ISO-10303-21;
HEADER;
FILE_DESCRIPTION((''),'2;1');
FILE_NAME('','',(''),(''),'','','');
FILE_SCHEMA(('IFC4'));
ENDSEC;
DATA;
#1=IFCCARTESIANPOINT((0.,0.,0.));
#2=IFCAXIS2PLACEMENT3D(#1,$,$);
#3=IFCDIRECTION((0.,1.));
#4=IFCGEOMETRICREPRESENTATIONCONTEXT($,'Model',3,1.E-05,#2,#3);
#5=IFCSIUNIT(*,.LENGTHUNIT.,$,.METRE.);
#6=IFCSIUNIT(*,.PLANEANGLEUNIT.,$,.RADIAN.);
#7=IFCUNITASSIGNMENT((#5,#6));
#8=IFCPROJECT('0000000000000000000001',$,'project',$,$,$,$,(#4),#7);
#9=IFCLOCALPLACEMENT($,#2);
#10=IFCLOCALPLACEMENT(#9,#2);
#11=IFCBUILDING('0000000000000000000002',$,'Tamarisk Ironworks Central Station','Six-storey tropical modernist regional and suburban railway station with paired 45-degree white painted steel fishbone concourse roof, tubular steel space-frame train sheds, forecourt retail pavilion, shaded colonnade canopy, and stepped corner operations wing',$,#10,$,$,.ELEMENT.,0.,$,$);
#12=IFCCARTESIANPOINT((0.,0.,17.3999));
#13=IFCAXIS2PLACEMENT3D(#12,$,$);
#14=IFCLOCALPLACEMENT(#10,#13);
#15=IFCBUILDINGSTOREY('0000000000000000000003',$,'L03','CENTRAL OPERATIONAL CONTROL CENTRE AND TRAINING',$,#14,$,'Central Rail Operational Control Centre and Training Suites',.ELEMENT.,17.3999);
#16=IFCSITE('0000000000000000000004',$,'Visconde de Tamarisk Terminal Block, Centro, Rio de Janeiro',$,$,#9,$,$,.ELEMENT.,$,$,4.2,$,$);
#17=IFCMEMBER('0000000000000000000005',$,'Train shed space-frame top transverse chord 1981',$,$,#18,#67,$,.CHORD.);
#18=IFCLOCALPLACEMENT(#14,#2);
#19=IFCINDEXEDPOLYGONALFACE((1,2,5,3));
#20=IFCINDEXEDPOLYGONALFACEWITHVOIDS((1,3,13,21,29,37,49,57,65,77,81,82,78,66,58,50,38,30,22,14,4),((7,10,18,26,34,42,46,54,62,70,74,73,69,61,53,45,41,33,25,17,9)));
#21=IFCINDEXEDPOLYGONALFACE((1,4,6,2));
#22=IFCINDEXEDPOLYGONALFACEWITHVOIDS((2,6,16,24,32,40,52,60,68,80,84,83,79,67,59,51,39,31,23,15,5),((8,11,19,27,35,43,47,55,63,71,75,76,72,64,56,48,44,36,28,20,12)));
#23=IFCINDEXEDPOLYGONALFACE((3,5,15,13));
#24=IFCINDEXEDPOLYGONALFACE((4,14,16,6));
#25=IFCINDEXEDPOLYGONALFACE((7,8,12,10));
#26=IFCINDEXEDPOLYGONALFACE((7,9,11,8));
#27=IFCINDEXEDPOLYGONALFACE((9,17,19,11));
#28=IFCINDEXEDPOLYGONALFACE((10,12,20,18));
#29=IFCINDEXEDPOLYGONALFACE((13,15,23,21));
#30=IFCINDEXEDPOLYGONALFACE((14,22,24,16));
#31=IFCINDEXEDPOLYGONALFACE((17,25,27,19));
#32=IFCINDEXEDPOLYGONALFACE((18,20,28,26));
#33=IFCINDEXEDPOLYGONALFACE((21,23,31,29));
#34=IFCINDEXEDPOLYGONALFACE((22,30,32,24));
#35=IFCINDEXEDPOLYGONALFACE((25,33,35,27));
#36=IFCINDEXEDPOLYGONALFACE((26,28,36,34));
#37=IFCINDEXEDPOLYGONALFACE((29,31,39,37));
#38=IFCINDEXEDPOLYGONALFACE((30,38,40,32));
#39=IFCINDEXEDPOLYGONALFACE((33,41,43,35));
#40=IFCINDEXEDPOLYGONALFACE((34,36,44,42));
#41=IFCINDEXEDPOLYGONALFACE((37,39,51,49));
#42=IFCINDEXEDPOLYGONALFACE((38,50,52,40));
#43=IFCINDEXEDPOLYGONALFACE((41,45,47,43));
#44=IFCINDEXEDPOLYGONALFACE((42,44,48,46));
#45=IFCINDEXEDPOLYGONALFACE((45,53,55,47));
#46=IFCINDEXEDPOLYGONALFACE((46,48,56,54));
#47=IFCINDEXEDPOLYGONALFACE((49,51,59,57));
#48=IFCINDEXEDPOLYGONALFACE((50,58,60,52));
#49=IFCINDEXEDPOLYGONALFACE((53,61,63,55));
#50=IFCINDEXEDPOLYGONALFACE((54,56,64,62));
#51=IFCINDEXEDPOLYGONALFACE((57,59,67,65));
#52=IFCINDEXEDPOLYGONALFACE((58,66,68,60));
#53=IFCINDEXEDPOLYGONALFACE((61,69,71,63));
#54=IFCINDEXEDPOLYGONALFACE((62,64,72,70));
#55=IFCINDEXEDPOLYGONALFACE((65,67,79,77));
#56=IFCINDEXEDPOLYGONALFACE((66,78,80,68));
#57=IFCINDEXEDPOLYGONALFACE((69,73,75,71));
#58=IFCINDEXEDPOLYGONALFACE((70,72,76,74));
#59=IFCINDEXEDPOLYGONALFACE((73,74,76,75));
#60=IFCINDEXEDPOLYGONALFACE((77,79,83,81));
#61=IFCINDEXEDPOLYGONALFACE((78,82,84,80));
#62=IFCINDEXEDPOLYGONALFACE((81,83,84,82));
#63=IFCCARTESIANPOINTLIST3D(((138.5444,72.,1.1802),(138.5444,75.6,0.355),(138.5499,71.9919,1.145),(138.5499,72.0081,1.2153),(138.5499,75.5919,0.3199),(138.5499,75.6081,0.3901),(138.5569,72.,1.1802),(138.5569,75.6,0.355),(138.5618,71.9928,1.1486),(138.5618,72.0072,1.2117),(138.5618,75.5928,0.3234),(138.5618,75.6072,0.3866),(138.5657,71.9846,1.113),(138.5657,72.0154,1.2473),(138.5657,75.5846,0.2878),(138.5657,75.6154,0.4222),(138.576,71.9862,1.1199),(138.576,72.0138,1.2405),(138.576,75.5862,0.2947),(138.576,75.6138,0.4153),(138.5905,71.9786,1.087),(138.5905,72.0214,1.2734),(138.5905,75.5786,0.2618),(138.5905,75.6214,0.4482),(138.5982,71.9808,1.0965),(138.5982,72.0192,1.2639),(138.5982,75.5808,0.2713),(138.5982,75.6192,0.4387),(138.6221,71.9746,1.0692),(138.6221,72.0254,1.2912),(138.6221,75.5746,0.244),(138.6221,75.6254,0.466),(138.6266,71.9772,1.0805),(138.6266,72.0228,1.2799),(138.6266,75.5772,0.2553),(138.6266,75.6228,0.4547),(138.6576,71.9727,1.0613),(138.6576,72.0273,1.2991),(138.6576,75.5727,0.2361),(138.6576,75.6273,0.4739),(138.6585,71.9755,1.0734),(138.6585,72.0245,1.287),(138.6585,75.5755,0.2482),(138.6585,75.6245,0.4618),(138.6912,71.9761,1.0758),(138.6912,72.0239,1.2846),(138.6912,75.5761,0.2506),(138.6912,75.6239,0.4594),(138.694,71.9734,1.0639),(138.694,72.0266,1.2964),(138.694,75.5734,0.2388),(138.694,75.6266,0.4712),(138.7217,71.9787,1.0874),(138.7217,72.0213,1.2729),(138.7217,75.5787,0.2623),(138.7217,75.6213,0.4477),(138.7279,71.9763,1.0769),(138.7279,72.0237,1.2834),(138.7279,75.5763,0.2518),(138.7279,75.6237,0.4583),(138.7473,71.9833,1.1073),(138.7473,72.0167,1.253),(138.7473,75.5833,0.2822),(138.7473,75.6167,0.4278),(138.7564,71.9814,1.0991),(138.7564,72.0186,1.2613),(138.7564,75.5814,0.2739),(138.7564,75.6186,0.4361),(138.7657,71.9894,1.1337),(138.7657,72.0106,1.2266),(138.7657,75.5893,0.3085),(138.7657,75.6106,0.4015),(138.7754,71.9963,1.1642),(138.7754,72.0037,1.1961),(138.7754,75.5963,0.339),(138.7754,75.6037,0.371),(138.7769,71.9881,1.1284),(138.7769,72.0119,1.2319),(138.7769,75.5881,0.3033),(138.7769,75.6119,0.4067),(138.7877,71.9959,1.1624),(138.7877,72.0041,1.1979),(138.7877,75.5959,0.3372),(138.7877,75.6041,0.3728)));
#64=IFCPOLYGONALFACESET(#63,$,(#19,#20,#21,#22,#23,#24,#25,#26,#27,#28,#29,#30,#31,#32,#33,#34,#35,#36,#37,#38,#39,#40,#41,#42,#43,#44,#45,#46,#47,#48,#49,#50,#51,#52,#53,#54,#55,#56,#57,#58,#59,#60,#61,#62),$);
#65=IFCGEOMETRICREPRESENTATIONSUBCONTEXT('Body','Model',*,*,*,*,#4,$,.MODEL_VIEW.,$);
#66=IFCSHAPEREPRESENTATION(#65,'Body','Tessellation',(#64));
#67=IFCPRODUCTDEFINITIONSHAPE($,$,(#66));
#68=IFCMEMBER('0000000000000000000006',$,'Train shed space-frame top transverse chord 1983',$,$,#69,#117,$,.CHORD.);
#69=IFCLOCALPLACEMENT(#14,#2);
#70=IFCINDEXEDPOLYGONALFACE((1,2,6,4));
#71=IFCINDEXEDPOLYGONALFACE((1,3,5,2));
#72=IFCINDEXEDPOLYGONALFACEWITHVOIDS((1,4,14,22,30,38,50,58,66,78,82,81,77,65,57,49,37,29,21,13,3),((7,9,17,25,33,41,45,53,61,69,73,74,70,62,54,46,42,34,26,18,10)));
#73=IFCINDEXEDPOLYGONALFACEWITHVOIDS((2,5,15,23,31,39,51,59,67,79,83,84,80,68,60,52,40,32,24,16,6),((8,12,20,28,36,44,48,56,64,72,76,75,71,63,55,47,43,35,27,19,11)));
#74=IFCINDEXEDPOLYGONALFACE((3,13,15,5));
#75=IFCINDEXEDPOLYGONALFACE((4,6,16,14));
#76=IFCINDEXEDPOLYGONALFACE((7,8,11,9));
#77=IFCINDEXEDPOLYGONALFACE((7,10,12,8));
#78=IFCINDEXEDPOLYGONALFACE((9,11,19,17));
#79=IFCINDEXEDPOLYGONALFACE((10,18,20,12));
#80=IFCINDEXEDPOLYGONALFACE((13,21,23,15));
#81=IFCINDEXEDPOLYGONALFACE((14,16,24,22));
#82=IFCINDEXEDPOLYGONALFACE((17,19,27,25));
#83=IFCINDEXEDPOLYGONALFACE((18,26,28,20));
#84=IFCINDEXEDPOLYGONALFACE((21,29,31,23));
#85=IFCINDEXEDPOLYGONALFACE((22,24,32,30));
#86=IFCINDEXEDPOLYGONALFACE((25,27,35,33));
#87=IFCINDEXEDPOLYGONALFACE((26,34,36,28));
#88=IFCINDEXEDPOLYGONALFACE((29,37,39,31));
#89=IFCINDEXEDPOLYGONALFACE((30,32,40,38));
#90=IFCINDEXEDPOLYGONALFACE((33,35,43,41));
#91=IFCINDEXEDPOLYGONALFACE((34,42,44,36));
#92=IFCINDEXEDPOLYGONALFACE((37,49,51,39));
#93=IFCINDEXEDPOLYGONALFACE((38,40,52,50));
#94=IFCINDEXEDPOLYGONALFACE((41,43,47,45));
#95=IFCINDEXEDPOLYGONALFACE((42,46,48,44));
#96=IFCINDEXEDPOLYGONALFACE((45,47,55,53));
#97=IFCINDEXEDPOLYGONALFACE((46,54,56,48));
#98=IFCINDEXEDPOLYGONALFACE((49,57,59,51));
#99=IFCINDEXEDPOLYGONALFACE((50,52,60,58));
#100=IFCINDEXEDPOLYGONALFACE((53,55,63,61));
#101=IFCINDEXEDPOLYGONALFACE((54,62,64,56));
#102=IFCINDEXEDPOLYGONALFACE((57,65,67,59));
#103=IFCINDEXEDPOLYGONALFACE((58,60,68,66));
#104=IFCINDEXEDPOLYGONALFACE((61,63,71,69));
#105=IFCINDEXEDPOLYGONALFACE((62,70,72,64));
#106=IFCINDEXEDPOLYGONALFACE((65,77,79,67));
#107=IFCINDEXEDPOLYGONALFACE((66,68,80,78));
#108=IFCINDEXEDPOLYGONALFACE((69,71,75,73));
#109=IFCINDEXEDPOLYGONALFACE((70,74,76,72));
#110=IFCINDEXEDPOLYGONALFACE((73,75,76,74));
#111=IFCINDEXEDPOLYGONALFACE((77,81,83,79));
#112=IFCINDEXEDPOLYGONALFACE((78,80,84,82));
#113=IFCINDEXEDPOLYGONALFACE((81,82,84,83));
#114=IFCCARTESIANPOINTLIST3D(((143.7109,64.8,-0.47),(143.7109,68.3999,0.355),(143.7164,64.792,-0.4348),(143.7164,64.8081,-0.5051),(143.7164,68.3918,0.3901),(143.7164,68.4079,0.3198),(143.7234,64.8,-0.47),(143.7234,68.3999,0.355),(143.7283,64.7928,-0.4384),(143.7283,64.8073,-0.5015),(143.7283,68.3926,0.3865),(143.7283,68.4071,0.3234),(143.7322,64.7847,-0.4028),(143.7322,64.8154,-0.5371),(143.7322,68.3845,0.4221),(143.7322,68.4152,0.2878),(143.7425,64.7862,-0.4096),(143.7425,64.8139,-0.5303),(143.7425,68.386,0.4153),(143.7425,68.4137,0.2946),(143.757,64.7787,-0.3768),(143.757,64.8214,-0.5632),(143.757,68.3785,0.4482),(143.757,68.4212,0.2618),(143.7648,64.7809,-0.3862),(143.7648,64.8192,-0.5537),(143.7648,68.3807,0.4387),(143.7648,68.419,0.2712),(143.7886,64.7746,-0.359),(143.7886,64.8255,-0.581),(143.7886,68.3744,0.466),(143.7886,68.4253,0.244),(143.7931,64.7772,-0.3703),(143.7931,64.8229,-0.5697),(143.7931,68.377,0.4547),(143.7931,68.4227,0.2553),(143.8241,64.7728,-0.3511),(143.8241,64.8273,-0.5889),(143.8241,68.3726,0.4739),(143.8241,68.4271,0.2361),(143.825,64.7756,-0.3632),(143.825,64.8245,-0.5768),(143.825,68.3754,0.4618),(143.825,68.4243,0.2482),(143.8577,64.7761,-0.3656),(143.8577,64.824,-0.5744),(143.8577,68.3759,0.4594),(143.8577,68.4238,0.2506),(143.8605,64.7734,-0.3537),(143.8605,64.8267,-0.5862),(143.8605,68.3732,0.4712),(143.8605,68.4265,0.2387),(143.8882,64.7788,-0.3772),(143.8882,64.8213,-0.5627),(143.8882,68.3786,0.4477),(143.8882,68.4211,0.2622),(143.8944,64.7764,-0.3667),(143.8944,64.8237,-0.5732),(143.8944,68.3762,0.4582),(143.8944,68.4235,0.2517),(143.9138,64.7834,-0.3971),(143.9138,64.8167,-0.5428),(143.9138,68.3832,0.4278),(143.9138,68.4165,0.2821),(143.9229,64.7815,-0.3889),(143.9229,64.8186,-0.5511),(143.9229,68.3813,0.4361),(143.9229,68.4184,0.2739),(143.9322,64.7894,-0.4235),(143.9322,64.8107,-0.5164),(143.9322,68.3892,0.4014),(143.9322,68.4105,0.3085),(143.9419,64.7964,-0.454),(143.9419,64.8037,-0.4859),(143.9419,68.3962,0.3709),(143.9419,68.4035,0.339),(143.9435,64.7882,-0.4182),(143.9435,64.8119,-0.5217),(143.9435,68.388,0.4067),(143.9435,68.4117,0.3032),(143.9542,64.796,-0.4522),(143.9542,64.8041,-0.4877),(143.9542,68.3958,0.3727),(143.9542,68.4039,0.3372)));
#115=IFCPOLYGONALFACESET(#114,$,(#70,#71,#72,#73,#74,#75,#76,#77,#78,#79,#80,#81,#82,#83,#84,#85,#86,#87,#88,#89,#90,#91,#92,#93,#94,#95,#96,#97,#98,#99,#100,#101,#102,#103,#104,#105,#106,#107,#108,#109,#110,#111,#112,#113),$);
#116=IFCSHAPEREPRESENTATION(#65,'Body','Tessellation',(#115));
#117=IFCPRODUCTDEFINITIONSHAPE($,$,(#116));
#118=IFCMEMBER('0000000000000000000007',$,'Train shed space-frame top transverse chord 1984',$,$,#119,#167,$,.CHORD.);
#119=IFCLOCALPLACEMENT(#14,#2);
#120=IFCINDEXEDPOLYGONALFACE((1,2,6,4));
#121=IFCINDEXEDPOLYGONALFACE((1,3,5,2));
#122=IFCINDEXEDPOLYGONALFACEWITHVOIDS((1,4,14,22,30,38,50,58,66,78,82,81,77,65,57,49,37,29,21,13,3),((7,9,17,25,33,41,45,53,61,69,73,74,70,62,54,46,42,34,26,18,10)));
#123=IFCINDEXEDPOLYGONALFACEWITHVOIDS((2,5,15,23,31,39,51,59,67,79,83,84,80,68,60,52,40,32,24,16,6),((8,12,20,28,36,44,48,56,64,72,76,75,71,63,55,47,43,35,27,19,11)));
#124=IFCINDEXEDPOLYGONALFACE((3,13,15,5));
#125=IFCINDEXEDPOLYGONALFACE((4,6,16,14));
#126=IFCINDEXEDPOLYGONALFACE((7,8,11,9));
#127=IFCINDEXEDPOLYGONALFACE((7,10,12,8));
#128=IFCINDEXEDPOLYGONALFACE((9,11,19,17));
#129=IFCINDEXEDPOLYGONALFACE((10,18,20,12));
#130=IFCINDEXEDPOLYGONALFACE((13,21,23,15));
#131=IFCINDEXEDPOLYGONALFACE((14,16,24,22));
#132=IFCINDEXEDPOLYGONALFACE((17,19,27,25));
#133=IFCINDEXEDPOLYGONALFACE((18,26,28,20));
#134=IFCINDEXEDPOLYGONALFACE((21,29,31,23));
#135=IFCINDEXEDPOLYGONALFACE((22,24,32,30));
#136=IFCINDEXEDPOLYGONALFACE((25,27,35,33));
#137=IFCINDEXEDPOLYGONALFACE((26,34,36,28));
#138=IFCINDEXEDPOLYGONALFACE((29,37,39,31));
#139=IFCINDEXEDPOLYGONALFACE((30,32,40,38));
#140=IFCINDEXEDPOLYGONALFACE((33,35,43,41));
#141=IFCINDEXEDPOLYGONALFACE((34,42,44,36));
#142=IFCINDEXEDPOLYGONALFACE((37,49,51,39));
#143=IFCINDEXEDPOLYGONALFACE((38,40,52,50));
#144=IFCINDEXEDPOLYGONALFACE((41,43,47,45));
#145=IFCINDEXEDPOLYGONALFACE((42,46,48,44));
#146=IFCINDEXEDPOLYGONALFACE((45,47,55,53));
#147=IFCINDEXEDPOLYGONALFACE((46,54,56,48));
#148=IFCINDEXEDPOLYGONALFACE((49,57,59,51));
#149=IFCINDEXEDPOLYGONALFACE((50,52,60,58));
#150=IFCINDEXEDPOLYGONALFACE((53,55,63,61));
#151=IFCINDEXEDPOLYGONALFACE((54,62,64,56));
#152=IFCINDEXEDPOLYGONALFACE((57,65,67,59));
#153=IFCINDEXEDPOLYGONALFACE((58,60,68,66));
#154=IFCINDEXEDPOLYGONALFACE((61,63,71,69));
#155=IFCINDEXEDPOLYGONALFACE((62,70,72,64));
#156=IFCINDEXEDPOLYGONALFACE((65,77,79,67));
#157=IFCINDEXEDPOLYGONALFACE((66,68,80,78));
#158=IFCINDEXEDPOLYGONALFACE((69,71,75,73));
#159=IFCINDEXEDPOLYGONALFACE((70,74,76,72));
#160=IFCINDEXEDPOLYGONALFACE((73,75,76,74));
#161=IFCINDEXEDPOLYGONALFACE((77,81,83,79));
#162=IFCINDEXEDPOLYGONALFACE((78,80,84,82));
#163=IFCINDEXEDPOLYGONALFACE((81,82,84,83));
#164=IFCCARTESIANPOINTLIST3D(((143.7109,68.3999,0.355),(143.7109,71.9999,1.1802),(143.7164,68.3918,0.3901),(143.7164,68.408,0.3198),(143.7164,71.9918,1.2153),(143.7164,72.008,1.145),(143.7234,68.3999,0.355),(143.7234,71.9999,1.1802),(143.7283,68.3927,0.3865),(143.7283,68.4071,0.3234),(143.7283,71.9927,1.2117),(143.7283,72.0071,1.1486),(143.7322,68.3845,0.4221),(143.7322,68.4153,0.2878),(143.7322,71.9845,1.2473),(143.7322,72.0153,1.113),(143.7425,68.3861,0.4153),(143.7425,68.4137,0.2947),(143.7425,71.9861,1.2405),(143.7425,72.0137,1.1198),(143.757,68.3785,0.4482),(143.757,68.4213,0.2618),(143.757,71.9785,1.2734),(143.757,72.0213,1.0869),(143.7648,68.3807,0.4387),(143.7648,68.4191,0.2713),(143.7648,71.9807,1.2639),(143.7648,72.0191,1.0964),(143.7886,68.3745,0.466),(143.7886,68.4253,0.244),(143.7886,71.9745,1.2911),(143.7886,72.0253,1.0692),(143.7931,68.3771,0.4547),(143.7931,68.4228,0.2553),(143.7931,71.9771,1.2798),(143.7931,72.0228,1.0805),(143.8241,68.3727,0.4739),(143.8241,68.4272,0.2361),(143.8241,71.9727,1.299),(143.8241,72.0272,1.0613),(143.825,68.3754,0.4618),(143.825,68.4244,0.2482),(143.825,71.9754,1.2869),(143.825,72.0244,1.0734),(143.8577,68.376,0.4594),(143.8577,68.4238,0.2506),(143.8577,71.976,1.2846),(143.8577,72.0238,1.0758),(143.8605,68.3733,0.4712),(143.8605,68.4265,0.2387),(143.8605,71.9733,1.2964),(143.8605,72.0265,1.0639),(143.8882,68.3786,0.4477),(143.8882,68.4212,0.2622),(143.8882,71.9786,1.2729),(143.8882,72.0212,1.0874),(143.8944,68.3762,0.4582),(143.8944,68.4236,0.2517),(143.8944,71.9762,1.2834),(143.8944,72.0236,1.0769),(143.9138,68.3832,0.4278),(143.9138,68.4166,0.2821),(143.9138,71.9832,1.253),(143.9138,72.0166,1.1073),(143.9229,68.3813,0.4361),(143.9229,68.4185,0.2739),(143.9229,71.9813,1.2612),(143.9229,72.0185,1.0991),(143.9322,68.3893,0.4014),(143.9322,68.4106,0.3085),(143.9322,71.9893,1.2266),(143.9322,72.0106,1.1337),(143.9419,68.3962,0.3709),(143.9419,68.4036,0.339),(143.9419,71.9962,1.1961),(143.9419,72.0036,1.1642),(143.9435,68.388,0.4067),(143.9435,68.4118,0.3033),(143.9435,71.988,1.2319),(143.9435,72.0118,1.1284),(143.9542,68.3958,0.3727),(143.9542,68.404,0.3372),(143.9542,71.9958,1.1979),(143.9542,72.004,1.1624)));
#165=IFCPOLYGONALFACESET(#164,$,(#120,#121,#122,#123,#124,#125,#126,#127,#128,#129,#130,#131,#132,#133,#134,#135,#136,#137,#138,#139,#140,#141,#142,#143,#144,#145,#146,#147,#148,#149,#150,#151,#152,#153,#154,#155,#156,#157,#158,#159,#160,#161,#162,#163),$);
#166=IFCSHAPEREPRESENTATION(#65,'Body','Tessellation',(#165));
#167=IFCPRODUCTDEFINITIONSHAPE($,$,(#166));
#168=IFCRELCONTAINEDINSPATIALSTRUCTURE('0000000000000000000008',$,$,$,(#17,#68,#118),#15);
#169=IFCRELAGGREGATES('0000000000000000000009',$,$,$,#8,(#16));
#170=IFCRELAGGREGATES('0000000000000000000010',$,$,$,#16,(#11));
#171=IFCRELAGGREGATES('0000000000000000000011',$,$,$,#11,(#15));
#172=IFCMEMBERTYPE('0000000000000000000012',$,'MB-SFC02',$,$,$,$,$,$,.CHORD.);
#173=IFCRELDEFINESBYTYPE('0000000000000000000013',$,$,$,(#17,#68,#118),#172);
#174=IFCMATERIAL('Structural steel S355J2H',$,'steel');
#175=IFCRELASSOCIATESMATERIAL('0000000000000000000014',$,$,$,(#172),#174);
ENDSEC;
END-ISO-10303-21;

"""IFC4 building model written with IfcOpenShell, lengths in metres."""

from ifc_helpers import new_model, si_unit, direction, frame, origin, origin_2d, place, context, subcontext, project, spatial, hollow_circle, extrude, material, material_profile, profile_set, type_object, element, save


model = new_model("IFC4")

# Units and contexts
model_context = context("Model", 3, precision=1e-05, world=origin(), true_north=direction((0.0, 1.0)))
body_context = subcontext(model_context, "Body", "Model", "MODEL_VIEW")
ifc_project = project(units=[si_unit("LENGTHUNIT", "METRE"), si_unit("PLANEANGLEUNIT", "RADIAN")], contexts=[model_context])

# Site, building, storey
site_placement = place(None, origin())
site = spatial("IfcSite", under=ifc_project, at=site_placement, Name="Visconde de Tamarisk Terminal Block, Centro, Rio de Janeiro", CompositionType="ELEMENT", RefElevation=4.2)
building_placement = place(site_placement, origin())
building = spatial("IfcBuilding", under=site, at=building_placement, Name="Tamarisk Ironworks Central Station", Description="Six-storey tropical modernist regional and suburban railway station with paired 45-degree white painted steel fishbone concourse roof, tubular steel space-frame train sheds, forecourt retail pavilion, shaded colonnade canopy, and stepped corner operations wing", CompositionType="ELEMENT", ElevationOfRefHeight=0.0)
storey_placement = place(building_placement, frame((0.0, 0.0, 17.3999)))
storey = spatial("IfcBuildingStorey", under=building, at=storey_placement, Name="L03", Description="CENTRAL OPERATIONAL CONTROL CENTRE AND TRAINING", LongName="Central Rail Operational Control Centre and Training Suites", CompositionType="ELEMENT", Elevation=17.3999)

# Members
ifc_material_1 = material(Name="Structural steel S355J2H", Category="steel")
ifc_material_profile_1 = material_profile(ifc_material_1, hollow_circle(Radius=0.1223, WallThickness=0.0125, at=origin_2d()), Name="CHS 244.5x12.5")
ifc_profile_set_1 = profile_set([ifc_material_profile_1], Name="Structural steel S355J2H")
member_type_1 = type_object("IfcMemberType", Name="MB-SFC02", PredefinedType="CHORD", material=ifc_profile_set_1)
member_1_placement = place(storey_placement, frame((138.6667, 72.0, 1.1802), z_axis=(0.0, 0.974722, -0.223421), x_axis=(-1.0, 0.0, 0.0)))
element("IfcMember", 1, at=member_1_placement, inside=storey, type_object=member_type_1, Name="Train shed space-frame top transverse chord 1981", PredefinedType="CHORD", context=body_context, shape_type="SweptSolid", body=[
    extrude(hollow_circle(Radius=0.1223, WallThickness=0.0125, at=origin_2d()), origin(), (0.0, 0.0, 1.0), 3.6934),
])
member_2_placement = place(storey_placement, frame((143.8333, 64.8, -0.47), z_axis=(0.0, 0.974733, 0.223372), x_axis=(-1.0, 0.0, 0.0)))
element("IfcMember", 2, at=member_2_placement, inside=storey, type_object=member_type_1, Name="Train shed space-frame top transverse chord 1983", PredefinedType="CHORD", context=body_context, shape_type="SweptSolid", body=[
    extrude(hollow_circle(Radius=0.1223, WallThickness=0.0125, at=origin_2d()), origin(), (0.0, 0.0, 1.0), 3.6931),
])
for number, where, z_axis, x_axis, name in (
    (3, (143.8333, 68.3999, 0.355), (0.0, 0.974722, 0.223421), (-1.0, 0.0, 0.0), "Train shed space-frame top transverse chord 1984"),
):
    element("IfcMember", number, at=place(storey_placement, frame(where, z_axis=z_axis, x_axis=x_axis)), inside=storey, type_object=member_type_1, Name=name, PredefinedType="CHORD", context=body_context, shape_type="SweptSolid", body=[
        extrude(hollow_circle(Radius=0.1223, WallThickness=0.0125, at=origin_2d()), origin(), (0.0, 0.0, 1.0), 3.6934),
    ])

save(model, "model.ifc")
